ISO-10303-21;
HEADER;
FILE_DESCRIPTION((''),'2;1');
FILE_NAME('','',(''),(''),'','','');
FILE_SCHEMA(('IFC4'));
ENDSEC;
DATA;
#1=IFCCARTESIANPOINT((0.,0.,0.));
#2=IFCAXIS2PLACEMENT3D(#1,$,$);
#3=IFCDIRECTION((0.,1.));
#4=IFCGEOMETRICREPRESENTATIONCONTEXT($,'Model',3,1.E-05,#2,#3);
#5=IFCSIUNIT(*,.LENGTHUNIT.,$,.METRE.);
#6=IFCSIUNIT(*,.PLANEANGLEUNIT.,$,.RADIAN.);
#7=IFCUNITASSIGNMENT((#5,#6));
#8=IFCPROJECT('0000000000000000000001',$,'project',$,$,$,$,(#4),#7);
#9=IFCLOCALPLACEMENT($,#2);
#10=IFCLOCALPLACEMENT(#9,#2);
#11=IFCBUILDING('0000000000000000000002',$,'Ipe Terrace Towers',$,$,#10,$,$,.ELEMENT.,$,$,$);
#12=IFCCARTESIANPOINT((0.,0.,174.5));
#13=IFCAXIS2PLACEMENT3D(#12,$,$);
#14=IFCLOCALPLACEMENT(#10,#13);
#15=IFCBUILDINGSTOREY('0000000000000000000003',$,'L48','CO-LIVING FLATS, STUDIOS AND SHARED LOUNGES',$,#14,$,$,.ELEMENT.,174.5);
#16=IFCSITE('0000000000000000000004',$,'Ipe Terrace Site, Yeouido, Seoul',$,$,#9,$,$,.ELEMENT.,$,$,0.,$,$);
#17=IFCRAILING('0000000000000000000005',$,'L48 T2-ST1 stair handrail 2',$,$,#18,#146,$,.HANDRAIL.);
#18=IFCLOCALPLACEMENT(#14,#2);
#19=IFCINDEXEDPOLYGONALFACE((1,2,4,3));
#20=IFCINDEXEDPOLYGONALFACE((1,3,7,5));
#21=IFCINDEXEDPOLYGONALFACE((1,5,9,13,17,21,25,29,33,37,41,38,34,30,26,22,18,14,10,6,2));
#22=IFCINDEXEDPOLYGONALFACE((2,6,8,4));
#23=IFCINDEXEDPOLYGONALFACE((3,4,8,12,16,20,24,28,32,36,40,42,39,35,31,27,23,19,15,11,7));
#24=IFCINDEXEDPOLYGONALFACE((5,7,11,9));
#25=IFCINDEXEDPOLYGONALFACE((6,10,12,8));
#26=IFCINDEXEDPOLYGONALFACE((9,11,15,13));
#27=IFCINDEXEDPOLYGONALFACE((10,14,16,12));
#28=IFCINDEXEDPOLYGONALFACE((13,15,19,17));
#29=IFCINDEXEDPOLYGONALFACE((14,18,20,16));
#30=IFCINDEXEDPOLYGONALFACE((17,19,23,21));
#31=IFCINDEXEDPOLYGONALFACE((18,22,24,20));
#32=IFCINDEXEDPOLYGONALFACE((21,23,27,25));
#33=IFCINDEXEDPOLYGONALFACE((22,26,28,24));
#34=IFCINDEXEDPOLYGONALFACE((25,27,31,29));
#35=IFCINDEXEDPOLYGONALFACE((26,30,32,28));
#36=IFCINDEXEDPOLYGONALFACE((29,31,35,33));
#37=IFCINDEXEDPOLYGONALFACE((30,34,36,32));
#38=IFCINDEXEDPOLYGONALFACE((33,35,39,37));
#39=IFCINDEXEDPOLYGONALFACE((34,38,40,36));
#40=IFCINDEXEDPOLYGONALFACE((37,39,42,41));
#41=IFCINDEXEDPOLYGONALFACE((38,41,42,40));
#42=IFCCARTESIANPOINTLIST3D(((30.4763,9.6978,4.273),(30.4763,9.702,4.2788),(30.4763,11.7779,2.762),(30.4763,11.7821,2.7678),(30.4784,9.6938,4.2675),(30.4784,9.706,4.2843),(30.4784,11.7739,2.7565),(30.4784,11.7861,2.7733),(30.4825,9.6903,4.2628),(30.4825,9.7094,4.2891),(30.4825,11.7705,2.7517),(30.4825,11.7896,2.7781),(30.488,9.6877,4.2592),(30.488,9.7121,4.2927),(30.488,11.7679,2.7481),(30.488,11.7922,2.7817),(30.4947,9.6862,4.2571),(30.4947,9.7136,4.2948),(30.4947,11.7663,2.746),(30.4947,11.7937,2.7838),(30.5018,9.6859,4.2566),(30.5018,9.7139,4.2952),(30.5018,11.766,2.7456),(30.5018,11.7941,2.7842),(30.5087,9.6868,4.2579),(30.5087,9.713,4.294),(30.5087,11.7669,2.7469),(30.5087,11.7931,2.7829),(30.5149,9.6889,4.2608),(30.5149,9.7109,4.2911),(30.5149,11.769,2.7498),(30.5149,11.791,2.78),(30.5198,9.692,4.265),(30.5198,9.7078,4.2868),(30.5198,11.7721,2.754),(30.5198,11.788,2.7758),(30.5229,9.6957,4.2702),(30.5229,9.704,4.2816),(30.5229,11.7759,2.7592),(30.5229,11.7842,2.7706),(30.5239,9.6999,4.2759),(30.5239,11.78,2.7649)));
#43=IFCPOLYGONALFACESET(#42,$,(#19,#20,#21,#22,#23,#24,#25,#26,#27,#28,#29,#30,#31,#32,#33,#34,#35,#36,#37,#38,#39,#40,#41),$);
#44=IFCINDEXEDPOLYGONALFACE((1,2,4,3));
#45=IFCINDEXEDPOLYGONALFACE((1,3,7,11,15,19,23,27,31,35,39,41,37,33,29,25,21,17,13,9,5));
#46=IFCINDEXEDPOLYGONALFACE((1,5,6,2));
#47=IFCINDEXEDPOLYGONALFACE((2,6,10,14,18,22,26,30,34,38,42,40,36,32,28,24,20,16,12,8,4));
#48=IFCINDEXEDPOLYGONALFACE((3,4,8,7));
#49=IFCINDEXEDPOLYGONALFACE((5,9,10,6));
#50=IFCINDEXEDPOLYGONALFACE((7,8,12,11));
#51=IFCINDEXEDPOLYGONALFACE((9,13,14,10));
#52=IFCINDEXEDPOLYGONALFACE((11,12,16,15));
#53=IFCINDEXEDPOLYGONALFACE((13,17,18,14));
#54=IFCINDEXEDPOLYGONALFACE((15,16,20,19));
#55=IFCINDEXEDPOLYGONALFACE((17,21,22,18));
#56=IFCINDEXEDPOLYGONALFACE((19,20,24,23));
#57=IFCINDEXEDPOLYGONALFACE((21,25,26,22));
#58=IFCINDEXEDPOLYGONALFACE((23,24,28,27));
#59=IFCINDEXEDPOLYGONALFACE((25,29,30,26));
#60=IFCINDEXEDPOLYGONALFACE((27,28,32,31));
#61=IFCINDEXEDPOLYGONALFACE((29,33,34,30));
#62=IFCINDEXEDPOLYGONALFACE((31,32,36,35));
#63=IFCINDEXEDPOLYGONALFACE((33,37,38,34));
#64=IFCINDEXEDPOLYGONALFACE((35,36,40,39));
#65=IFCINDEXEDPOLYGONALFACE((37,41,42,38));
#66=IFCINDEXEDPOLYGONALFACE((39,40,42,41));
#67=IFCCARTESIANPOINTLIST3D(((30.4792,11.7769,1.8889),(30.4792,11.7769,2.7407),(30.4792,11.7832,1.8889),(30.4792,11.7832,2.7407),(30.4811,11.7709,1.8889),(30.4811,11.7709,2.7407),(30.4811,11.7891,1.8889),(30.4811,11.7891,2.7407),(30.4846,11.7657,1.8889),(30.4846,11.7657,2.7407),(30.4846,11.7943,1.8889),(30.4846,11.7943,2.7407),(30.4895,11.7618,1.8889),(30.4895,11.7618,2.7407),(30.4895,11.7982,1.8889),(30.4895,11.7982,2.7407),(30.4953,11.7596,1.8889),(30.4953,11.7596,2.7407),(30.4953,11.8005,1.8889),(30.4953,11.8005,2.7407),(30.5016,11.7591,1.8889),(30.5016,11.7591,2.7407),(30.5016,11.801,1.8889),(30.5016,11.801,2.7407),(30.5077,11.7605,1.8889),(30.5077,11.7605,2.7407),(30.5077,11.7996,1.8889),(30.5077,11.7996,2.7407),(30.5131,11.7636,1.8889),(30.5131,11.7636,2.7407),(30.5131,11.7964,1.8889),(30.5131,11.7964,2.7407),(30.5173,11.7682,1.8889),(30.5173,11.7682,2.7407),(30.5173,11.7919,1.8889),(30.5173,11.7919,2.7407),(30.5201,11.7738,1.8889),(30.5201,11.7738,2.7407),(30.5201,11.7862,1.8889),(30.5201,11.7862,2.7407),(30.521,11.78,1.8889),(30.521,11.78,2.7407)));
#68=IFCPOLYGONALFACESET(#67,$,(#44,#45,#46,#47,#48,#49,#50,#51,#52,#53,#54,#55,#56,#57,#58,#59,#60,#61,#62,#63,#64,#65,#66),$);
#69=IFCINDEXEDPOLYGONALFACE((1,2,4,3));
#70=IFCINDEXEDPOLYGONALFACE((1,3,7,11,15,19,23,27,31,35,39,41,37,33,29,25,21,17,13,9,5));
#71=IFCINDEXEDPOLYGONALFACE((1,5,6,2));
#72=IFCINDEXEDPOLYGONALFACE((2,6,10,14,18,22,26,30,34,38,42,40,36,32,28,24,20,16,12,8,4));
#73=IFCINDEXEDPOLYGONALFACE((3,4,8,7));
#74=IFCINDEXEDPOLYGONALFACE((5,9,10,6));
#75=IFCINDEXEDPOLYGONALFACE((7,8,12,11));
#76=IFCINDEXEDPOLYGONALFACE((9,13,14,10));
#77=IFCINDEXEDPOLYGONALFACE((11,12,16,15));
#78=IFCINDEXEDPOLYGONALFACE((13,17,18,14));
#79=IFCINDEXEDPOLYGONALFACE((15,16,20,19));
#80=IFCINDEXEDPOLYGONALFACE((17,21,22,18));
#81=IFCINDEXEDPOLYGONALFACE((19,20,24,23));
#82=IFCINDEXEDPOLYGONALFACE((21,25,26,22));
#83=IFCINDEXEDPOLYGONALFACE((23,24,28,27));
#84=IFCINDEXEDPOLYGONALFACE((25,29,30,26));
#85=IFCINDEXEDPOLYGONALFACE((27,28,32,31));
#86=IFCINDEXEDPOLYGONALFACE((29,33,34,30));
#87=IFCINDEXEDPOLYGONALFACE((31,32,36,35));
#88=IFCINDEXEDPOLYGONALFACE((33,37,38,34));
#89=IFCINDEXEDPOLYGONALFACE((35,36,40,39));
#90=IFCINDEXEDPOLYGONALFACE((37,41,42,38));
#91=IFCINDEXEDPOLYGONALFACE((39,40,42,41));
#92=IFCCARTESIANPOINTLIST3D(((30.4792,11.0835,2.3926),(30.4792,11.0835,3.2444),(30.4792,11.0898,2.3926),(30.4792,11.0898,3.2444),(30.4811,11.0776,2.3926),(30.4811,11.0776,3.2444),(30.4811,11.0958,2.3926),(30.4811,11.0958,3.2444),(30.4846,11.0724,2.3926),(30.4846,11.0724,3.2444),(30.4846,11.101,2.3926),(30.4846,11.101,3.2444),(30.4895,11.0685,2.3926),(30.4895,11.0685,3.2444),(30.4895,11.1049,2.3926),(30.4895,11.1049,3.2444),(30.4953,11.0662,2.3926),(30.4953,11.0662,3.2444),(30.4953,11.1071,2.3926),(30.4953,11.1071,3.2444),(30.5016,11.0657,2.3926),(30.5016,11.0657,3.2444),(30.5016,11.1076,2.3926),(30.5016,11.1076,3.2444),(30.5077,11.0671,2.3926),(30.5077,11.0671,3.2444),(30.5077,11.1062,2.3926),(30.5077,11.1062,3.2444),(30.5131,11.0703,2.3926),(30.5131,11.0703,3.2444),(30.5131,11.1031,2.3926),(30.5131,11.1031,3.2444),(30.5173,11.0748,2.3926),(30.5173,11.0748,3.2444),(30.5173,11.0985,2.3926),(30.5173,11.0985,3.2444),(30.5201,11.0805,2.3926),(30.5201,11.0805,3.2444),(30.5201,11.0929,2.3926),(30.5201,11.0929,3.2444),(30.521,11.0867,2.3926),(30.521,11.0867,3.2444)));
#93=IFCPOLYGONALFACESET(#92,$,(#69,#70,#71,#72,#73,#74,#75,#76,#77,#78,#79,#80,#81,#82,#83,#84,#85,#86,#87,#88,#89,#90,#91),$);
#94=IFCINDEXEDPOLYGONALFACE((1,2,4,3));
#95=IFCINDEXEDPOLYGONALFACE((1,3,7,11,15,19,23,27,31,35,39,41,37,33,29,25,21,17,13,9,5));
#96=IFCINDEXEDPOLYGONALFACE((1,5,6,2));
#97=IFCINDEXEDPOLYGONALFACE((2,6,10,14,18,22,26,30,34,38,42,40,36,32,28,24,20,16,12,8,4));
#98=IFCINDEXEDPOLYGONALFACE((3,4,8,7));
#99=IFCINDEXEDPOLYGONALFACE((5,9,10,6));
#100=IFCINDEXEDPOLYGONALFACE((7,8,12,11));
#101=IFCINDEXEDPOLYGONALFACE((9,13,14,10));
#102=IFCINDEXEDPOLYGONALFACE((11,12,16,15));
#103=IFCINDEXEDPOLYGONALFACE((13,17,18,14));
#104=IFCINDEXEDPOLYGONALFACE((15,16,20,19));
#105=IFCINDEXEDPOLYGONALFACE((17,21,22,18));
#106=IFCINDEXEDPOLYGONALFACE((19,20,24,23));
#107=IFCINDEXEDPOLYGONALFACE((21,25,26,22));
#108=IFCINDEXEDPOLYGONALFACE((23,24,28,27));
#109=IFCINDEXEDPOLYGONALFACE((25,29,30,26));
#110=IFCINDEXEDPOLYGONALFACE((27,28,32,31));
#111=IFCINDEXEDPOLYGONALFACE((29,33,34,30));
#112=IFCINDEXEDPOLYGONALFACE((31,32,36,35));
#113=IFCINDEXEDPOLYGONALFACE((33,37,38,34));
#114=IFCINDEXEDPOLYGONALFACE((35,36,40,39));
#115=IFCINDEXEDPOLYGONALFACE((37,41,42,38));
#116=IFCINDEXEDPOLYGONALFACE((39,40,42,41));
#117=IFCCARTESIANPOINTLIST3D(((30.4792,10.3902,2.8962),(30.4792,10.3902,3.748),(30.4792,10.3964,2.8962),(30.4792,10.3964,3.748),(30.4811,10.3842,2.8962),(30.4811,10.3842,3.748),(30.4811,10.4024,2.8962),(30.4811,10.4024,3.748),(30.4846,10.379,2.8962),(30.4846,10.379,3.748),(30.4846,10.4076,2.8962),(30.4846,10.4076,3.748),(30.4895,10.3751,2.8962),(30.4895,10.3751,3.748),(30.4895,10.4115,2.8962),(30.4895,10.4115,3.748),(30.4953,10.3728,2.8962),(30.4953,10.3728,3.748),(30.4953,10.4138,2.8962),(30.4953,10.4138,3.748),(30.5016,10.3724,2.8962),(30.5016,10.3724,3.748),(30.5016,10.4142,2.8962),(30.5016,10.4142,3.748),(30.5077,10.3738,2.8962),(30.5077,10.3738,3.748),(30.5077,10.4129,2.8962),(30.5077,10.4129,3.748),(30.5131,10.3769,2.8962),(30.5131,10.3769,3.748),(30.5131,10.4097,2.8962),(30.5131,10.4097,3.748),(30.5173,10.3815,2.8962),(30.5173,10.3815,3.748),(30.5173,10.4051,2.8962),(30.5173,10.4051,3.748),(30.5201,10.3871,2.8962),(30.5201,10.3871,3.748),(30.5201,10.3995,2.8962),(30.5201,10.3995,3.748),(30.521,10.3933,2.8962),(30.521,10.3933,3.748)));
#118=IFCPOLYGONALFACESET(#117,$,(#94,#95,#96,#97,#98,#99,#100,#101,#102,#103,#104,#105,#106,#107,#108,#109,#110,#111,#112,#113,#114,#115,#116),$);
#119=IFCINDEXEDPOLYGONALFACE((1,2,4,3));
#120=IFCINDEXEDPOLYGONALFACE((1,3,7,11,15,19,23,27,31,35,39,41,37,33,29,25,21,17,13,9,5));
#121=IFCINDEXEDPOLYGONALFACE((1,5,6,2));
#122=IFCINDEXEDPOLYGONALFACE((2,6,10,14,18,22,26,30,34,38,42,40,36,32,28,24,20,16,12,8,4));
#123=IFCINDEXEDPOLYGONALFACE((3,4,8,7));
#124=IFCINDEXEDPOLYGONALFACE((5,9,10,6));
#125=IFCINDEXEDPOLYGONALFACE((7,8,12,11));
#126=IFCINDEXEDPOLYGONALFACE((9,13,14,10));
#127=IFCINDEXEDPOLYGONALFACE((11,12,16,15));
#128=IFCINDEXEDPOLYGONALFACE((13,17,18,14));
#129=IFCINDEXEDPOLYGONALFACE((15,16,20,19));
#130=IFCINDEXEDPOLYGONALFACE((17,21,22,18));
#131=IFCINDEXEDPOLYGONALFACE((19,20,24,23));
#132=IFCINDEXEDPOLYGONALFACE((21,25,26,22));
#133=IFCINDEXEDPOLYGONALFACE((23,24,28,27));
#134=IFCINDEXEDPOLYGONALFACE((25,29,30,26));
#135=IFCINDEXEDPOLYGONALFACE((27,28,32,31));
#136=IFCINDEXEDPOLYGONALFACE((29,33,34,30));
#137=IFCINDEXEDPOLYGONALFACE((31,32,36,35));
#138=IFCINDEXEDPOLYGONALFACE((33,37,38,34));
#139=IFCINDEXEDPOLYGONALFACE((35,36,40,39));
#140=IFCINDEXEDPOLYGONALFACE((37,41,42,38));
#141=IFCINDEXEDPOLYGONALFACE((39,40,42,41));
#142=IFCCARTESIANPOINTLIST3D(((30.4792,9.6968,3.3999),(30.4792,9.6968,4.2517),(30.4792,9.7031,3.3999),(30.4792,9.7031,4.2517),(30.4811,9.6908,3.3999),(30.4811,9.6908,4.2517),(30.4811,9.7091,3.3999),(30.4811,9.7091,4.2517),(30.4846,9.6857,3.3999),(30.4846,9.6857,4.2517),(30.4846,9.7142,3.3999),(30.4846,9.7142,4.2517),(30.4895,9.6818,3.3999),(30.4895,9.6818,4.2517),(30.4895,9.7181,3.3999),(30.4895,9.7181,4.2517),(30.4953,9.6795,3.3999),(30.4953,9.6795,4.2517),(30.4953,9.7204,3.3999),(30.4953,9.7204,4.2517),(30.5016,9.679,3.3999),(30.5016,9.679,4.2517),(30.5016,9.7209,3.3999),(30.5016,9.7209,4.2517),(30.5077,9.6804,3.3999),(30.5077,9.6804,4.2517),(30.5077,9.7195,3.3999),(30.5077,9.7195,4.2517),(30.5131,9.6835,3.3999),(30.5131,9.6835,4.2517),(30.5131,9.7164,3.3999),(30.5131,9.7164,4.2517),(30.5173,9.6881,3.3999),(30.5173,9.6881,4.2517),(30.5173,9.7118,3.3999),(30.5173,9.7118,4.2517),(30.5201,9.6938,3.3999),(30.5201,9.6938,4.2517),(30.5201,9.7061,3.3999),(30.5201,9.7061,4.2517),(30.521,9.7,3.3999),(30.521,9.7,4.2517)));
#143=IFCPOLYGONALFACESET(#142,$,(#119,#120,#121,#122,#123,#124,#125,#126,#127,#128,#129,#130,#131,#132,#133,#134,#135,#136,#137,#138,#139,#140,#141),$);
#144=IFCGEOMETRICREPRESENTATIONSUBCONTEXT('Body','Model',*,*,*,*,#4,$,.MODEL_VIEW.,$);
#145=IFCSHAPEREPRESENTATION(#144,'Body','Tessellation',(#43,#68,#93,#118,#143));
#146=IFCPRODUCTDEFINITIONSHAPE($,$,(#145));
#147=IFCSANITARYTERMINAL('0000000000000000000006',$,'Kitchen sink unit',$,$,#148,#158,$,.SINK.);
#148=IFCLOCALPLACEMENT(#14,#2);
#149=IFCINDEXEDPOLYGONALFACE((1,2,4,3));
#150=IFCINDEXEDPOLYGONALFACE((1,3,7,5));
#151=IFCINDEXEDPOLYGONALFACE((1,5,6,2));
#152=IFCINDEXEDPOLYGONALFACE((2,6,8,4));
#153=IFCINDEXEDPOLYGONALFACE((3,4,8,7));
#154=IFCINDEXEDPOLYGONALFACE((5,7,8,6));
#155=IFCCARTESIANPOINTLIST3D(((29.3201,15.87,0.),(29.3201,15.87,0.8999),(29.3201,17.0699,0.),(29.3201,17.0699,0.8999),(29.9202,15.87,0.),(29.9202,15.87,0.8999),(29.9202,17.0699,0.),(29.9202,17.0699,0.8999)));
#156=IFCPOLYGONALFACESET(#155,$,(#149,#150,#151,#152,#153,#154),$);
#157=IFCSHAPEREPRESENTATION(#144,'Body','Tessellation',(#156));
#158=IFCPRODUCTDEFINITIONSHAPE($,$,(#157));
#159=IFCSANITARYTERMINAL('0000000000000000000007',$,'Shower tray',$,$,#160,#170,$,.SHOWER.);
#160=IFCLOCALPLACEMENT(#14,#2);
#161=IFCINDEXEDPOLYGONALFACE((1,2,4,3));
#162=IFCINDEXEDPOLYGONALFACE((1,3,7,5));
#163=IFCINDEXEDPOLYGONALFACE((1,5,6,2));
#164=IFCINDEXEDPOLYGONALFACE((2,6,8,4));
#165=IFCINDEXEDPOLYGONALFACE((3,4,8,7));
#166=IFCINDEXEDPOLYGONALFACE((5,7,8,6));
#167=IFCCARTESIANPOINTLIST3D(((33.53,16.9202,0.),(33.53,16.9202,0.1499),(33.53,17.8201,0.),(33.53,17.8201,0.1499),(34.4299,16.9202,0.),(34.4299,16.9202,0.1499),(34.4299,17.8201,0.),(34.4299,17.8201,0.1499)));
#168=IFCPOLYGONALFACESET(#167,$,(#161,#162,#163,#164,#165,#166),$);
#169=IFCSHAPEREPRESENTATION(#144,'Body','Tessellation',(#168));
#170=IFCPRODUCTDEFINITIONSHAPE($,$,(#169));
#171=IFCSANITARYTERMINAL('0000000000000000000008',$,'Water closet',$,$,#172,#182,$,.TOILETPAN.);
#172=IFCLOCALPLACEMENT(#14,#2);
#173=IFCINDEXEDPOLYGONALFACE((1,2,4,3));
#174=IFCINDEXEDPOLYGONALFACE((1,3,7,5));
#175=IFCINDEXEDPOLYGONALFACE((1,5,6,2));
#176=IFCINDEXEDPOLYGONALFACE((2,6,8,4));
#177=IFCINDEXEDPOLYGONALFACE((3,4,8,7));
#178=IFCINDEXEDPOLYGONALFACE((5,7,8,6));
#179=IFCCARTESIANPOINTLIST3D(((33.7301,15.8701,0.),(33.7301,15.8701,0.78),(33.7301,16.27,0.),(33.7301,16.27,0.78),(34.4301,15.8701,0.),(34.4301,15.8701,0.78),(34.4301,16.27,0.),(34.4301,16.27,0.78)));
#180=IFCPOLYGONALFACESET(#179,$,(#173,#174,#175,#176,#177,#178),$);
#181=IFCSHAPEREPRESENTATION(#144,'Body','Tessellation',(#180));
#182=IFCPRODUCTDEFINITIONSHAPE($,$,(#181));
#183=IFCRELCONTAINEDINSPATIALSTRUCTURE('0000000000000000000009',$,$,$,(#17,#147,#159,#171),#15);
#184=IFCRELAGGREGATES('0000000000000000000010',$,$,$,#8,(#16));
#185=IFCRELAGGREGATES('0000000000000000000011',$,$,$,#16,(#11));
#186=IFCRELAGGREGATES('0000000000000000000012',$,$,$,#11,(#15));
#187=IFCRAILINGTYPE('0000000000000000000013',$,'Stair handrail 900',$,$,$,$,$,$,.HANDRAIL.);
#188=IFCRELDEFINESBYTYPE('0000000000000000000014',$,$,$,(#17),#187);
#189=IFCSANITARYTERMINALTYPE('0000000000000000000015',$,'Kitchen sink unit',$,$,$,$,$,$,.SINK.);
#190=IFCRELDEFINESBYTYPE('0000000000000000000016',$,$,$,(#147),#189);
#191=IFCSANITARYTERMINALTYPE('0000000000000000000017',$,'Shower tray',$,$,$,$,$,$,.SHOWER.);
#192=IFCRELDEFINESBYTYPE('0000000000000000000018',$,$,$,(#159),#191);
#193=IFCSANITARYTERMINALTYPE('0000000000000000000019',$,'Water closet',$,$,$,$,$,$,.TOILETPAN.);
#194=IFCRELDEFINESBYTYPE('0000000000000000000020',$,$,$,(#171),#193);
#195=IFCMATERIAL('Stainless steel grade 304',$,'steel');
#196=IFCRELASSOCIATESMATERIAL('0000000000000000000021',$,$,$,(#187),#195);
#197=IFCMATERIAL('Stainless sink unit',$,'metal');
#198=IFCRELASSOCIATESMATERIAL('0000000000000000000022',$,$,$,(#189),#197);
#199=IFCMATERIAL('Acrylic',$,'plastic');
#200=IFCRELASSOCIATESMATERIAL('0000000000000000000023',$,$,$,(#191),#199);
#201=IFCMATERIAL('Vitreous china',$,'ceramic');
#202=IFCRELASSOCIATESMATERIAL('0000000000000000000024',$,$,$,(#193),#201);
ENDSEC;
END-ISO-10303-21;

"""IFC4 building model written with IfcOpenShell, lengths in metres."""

from ifc_helpers import new_model, si_unit, direction, frame, origin, origin_2d, place, context, subcontext, project, spatial, rectangle, circle, extrude, material, type_object, element, save


model = new_model("IFC4")

# Units and contexts
model_context = context("Model", 3, precision=1e-05, world=origin(), true_north=direction((0.0, 1.0)))
body_context = subcontext(model_context, "Body", "Model", "MODEL_VIEW")
ifc_project = project(units=[si_unit("LENGTHUNIT", "METRE"), si_unit("PLANEANGLEUNIT", "RADIAN")], contexts=[model_context])

# Site, building, storey
site_placement = place(None, origin())
site = spatial("IfcSite", under=ifc_project, at=site_placement, Name="Ipe Terrace Site, Yeouido, Seoul", CompositionType="ELEMENT", RefElevation=0.0)
building_placement = place(site_placement, origin())
building = spatial("IfcBuilding", under=site, at=building_placement, Name="Ipe Terrace Towers", CompositionType="ELEMENT")
storey_placement = place(building_placement, frame((0.0, 0.0, 174.5)))
storey = spatial("IfcBuildingStorey", under=building, at=storey_placement, Name="L48", Description="CO-LIVING FLATS, STUDIOS AND SHARED LOUNGES", CompositionType="ELEMENT", Elevation=174.5)

# Railing
ifc_material_1 = material(Name="Stainless steel grade 304", Category="steel")
railing_type_1 = type_object("IfcRailingType", Name="Stair handrail 900", PredefinedType="HANDRAIL", material=ifc_material_1)
railing_1_placement = place(storey_placement, frame((30.5, 11.78, 1.8889)))
element("IfcRailing", 1, at=railing_1_placement, inside=storey, type_object=railing_type_1, Name="L48 T2-ST1 stair handrail 2", PredefinedType="HANDRAIL", context=body_context, shape_type="SweptSolid", body=[
    extrude(circle(Radius=0.0239, at=origin_2d()), frame((0.0, 0.0, 0.876), z_axis=(0.0, -0.809069, 0.587714), x_axis=(1.0, 0.0, 0.0)), (0.0, 0.0, 1.0), 2.571),
    extrude(circle(Radius=0.021, at=origin_2d()), origin(), (0.0, 0.0, 1.0), 0.8518),
    extrude(circle(Radius=0.021, at=origin_2d()), frame((0.0, -0.6934, 0.5037)), (0.0, 0.0, 1.0), 0.8518),
    extrude(circle(Radius=0.021, at=origin_2d()), frame((0.0, -1.3867, 1.0073)), (0.0, 0.0, 1.0), 0.8518),
    extrude(circle(Radius=0.021, at=origin_2d()), frame((0.0, -2.0801, 1.511)), (0.0, 0.0, 1.0), 0.8518),
])

# Sanitary terminals
ifc_material_2 = material(Name="Stainless sink unit", Category="metal")
sanitary_terminal_type_1 = type_object("IfcSanitaryTerminalType", Name="Kitchen sink unit", PredefinedType="SINK", material=ifc_material_2)
sanitary_terminal_1_placement = place(storey_placement, frame((29.6201, 16.47, 0.0), z_axis=(0.0, 0.0, 1.0), x_axis=(0.0, 1.0, 0.0)))
element("IfcSanitaryTerminal", 2, at=sanitary_terminal_1_placement, inside=storey, type_object=sanitary_terminal_type_1, Name="Kitchen sink unit", PredefinedType="SINK", context=body_context, shape_type="SweptSolid", body=[
    extrude(rectangle(XDim=1.2, YDim=0.6001, at=origin_2d()), origin(), (0.0, 0.0, 1.0), 0.8999),
])
ifc_material_3 = material(Name="Acrylic", Category="plastic")
sanitary_terminal_type_2 = type_object("IfcSanitaryTerminalType", Name="Shower tray", PredefinedType="SHOWER", material=ifc_material_3)
sanitary_terminal_2_placement = place(storey_placement, frame((33.98, 17.3701, 0.0), z_axis=(0.0, 0.0, 1.0), x_axis=(-1.0, 0.0, 0.0)))
element("IfcSanitaryTerminal", 3, at=sanitary_terminal_2_placement, inside=storey, type_object=sanitary_terminal_type_2, Name="Shower tray", PredefinedType="SHOWER", context=body_context, shape_type="SweptSolid", body=[
    extrude(rectangle(XDim=0.8999, YDim=0.8999, at=origin_2d()), origin(), (0.0, 0.0, 1.0), 0.1499),
])
ifc_material_4 = material(Name="Vitreous china", Category="ceramic")
sanitary_terminal_type_3 = type_object("IfcSanitaryTerminalType", Name="Water closet", PredefinedType="TOILETPAN", material=ifc_material_4)
sanitary_terminal_3_placement = place(storey_placement, frame((34.0801, 16.0701, 0.0), z_axis=(0.0, 0.0, 1.0), x_axis=(-1.0, 0.0, 0.0)))
element("IfcSanitaryTerminal", 4, at=sanitary_terminal_3_placement, inside=storey, type_object=sanitary_terminal_type_3, Name="Water closet", PredefinedType="TOILETPAN", context=body_context, shape_type="SweptSolid", body=[
    extrude(rectangle(XDim=0.7, YDim=0.3999, at=origin_2d()), origin(), (0.0, 0.0, 1.0), 0.78),
])

save(model, "model.ifc")
